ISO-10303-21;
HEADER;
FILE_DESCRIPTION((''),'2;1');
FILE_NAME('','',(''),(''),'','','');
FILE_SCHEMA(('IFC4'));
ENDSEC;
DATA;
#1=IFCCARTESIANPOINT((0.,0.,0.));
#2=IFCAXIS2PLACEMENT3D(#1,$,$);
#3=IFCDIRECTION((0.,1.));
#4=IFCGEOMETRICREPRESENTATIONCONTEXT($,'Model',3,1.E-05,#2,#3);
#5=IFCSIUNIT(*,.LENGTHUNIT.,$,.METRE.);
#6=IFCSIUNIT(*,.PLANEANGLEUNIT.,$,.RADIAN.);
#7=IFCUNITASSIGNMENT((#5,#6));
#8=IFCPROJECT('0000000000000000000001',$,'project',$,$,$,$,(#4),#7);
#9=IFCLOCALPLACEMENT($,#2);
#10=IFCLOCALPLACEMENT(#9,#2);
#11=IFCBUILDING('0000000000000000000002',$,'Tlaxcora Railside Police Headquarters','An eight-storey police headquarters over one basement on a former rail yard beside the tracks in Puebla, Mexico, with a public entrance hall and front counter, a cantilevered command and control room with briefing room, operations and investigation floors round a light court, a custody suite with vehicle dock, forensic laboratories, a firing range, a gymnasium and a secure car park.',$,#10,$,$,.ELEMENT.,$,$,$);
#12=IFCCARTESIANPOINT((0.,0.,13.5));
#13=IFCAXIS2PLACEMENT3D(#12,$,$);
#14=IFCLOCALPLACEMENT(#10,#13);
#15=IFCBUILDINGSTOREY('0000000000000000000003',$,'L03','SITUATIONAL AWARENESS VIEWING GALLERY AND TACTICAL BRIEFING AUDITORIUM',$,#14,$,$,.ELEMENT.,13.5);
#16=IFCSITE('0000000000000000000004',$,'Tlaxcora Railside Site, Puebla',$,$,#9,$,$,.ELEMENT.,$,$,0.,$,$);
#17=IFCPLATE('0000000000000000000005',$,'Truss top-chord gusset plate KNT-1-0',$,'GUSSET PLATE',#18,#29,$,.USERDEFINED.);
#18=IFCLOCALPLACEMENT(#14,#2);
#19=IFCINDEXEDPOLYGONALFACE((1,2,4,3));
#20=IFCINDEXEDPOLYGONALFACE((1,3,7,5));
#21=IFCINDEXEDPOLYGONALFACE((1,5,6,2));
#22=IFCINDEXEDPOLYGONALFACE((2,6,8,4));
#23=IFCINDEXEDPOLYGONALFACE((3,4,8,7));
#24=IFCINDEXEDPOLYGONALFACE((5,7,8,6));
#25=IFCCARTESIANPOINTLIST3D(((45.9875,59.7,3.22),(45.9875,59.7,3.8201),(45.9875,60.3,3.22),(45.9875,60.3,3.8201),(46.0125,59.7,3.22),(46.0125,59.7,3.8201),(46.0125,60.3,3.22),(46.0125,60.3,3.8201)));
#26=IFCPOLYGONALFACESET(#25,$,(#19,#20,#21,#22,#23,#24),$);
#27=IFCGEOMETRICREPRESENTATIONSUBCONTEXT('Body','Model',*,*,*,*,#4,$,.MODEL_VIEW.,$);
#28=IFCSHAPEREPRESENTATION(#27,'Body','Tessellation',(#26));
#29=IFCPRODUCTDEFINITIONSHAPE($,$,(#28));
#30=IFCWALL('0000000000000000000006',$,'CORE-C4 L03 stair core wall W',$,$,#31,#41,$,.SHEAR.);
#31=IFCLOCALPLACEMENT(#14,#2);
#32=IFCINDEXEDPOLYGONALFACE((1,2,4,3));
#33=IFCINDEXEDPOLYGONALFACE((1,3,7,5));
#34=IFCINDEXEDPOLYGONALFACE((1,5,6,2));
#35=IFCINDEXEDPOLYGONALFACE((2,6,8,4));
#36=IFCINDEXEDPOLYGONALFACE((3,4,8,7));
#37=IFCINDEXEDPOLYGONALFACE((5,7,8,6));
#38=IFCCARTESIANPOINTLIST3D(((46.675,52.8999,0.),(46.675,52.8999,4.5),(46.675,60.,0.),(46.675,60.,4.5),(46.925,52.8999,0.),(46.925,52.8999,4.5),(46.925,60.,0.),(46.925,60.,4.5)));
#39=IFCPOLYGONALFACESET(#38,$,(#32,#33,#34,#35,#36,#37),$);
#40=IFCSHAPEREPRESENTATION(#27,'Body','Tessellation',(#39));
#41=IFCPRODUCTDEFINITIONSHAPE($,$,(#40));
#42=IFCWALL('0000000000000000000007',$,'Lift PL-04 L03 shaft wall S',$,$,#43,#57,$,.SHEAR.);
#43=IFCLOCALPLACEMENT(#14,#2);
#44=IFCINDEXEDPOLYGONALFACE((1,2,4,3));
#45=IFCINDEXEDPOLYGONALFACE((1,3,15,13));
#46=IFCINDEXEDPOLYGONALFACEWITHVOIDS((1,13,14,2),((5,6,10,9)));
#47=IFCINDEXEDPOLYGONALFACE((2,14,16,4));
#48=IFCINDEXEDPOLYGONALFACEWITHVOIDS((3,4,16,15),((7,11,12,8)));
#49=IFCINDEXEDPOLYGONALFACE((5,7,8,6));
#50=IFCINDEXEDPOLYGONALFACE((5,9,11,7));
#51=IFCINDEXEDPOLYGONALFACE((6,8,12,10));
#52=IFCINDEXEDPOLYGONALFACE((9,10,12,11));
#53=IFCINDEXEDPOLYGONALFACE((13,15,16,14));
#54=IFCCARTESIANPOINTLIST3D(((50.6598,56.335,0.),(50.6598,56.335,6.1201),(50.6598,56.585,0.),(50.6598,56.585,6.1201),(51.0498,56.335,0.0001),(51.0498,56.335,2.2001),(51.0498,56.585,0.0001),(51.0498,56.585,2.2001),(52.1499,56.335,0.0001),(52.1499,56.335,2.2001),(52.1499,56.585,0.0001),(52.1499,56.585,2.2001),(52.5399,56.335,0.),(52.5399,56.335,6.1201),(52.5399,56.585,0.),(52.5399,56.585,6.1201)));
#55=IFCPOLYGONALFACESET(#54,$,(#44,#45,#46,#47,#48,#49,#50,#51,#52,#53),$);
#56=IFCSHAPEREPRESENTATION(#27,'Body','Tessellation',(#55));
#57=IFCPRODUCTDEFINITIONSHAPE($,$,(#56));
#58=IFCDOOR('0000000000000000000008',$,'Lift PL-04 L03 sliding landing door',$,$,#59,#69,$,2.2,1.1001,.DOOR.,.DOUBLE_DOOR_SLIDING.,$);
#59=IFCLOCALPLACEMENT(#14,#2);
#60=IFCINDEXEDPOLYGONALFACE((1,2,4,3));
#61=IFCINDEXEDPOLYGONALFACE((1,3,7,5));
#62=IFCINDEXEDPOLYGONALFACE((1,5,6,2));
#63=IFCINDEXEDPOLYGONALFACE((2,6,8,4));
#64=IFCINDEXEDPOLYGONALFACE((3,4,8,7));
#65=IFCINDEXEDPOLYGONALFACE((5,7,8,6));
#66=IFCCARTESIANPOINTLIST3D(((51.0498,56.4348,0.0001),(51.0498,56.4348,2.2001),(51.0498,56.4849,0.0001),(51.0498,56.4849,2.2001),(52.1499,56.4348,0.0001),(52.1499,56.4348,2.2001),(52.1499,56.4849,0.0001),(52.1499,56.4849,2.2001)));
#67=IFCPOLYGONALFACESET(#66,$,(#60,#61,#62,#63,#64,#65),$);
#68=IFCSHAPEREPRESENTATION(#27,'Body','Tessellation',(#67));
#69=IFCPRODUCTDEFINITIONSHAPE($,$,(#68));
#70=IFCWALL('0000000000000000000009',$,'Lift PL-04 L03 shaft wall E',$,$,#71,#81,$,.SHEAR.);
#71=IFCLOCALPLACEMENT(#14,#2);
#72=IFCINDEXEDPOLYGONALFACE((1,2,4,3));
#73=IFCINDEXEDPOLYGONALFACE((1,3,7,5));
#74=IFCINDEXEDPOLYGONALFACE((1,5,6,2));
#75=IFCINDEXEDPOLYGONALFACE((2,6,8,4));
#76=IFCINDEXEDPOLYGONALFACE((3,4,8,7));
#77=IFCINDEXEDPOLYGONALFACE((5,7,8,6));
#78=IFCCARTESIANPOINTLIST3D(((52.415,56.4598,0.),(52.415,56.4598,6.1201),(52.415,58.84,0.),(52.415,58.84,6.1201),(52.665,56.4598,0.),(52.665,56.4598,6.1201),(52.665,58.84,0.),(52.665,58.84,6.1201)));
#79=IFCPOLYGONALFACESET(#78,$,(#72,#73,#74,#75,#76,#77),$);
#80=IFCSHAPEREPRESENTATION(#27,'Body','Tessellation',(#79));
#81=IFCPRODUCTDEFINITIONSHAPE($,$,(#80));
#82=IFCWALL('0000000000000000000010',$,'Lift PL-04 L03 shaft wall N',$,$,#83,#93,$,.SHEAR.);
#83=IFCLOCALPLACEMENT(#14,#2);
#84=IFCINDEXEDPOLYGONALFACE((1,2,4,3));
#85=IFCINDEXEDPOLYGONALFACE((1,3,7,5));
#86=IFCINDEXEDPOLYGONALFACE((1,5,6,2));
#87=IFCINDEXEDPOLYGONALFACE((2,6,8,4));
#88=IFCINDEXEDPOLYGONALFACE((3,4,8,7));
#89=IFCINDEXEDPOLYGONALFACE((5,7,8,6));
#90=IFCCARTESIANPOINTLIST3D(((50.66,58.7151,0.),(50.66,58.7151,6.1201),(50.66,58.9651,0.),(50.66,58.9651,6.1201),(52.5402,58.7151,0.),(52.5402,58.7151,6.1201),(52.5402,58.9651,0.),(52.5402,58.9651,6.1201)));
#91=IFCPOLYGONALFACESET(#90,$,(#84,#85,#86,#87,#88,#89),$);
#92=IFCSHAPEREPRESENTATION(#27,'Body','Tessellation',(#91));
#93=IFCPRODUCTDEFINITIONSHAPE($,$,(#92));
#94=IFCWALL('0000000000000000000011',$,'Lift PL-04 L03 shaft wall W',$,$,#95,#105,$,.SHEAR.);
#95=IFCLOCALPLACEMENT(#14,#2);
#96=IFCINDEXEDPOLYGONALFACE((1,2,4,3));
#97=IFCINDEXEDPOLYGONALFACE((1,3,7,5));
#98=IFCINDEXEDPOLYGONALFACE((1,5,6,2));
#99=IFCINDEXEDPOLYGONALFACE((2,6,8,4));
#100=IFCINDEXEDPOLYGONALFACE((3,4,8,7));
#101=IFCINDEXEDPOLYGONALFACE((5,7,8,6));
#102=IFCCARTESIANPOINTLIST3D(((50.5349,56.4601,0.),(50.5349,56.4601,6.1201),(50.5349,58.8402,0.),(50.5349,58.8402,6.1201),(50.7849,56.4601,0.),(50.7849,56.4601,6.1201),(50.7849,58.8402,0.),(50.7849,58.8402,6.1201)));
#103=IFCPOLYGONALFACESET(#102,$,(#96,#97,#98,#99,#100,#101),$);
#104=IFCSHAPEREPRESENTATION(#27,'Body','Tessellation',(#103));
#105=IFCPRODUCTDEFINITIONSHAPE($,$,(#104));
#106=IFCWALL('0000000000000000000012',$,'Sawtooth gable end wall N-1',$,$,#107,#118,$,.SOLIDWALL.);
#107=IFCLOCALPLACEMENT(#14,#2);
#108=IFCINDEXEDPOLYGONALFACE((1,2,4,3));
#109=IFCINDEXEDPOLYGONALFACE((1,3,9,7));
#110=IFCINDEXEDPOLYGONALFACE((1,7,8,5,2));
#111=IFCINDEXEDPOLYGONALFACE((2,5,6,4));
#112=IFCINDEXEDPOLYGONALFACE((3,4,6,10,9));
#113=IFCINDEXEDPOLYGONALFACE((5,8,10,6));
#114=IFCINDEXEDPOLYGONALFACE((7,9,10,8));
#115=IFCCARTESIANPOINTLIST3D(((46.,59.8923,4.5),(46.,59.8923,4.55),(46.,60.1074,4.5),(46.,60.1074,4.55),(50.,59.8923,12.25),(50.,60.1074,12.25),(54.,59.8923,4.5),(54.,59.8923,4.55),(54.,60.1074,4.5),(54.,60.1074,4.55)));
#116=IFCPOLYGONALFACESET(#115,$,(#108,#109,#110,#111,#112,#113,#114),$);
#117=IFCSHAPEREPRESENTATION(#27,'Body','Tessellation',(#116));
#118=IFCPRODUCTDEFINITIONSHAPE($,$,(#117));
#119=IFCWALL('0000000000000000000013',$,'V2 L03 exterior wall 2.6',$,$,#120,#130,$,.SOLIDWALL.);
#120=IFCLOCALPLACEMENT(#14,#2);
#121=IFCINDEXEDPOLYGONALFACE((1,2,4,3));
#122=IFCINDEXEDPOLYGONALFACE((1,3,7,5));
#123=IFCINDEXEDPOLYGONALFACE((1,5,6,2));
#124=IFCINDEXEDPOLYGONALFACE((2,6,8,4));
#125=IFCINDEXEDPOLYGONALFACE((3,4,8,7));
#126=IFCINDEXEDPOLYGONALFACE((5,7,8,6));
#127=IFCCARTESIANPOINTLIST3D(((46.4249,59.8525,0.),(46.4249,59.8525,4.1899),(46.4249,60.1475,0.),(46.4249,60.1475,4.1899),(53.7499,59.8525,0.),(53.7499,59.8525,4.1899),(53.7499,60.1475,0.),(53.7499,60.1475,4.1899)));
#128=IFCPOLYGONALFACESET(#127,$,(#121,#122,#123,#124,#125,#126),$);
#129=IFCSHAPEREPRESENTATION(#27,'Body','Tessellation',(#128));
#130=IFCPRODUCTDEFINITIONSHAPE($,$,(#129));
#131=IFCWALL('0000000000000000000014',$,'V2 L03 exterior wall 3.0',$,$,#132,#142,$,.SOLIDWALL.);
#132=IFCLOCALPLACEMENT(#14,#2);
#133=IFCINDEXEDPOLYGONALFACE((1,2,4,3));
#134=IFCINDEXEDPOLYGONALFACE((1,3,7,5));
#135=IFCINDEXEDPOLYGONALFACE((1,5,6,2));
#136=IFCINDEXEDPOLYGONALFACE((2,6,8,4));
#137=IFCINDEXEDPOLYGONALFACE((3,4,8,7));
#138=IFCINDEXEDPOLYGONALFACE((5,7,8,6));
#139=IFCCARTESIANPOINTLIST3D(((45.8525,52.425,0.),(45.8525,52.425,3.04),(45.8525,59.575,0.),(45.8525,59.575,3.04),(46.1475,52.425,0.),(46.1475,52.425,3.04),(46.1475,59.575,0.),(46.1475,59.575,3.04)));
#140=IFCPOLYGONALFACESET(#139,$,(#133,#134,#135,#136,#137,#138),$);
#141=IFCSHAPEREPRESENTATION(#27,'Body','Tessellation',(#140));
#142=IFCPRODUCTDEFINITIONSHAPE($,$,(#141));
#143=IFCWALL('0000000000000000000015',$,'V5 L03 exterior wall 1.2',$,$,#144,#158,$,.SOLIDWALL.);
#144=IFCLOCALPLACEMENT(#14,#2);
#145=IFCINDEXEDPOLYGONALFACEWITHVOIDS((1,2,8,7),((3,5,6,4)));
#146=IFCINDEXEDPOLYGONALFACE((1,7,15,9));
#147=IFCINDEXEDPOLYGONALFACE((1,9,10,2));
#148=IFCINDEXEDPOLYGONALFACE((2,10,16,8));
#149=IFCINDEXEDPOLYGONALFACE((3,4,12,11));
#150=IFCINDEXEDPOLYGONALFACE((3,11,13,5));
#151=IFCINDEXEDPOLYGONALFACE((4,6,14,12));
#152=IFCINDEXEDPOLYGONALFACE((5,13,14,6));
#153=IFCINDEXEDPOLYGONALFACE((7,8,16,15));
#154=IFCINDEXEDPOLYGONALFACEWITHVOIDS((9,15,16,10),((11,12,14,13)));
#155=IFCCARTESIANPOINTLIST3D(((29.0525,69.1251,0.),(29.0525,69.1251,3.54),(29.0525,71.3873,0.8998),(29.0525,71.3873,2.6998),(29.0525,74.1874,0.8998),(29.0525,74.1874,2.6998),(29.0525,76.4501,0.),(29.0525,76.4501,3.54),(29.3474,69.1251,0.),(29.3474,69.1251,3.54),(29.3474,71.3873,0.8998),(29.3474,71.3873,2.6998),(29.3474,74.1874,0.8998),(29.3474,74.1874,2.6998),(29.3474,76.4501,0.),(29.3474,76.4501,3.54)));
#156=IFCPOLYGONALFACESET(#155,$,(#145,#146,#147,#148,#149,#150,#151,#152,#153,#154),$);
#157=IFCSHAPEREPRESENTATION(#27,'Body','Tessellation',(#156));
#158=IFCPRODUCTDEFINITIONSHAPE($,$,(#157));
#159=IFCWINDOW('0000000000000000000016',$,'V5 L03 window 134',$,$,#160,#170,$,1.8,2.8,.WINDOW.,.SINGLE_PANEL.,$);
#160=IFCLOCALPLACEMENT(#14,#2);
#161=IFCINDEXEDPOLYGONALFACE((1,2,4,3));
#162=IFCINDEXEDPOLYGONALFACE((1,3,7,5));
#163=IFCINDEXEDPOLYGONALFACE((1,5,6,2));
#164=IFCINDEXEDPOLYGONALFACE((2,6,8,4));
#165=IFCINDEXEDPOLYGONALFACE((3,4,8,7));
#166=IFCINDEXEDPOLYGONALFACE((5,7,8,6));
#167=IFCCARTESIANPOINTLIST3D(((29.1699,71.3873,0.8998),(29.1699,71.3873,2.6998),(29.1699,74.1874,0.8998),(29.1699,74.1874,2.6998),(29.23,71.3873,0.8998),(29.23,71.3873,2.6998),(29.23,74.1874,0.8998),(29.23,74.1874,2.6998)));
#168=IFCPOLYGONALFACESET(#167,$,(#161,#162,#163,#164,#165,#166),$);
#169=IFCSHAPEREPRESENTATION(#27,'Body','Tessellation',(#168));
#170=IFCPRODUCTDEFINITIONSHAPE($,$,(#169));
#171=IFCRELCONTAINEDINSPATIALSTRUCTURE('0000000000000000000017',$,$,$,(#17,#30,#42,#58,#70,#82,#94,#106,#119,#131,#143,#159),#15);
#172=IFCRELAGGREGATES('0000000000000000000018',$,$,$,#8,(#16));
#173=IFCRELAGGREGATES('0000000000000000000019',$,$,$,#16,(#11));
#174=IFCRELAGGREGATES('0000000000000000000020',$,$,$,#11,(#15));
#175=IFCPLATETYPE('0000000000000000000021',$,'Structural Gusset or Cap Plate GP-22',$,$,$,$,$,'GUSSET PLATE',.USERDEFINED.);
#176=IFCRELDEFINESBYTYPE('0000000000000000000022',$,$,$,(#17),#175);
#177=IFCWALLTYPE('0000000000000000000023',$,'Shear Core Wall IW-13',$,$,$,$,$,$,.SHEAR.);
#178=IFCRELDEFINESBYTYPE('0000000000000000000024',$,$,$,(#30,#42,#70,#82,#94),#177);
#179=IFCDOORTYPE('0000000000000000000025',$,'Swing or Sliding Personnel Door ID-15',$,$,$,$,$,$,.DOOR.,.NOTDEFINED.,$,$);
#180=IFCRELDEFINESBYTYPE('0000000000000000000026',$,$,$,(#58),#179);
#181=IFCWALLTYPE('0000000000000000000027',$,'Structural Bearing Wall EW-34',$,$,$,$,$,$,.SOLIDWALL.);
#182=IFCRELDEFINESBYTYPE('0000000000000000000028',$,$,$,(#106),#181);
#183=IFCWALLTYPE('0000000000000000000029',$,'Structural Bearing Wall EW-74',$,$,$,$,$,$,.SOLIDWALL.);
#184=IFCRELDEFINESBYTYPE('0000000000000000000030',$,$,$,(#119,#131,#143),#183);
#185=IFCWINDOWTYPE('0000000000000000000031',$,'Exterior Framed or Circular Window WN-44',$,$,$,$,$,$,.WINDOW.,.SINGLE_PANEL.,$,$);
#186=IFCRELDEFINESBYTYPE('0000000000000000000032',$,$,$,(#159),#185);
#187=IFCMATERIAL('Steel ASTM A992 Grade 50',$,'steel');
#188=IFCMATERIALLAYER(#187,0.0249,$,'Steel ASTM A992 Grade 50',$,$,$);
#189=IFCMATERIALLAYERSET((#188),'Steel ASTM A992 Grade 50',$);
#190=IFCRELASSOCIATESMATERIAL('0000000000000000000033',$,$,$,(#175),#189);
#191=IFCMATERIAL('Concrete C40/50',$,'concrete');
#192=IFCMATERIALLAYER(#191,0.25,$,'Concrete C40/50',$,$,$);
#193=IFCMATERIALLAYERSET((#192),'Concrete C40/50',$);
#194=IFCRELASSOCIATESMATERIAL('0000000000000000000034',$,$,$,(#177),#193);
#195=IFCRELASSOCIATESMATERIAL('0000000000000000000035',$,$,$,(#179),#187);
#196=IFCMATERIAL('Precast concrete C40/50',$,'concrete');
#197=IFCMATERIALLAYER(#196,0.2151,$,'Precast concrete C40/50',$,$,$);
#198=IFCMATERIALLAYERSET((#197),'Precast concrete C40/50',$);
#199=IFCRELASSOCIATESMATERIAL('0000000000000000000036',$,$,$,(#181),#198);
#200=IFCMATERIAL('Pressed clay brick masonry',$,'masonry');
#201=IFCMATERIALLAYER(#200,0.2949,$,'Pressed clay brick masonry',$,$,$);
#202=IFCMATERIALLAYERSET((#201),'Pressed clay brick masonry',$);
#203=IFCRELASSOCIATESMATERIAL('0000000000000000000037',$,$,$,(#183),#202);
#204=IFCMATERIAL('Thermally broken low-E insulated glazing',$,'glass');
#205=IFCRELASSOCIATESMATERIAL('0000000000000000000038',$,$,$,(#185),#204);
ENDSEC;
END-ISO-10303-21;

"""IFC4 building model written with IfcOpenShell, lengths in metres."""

from ifc_helpers import new_model, si_unit, direction, frame, frame_2d, origin, origin_2d, place, context, subcontext, project, spatial, polyline, rectangle, outline, extrude, material, layer, layer_set, type_object, element, fill, save


model = new_model("IFC4")

# Units and contexts
model_context = context("Model", 3, precision=1e-05, world=origin(), true_north=direction((0.0, 1.0)))
body_context = subcontext(model_context, "Body", "Model", "MODEL_VIEW")
ifc_project = project(units=[si_unit("LENGTHUNIT", "METRE"), si_unit("PLANEANGLEUNIT", "RADIAN")], contexts=[model_context])

# Site, building, storey
site_placement = place(None, origin())
site = spatial("IfcSite", under=ifc_project, at=site_placement, Name="Tlaxcora Railside Site, Puebla", CompositionType="ELEMENT", RefElevation=0.0)
building_placement = place(site_placement, origin())
building = spatial("IfcBuilding", under=site, at=building_placement, Name="Tlaxcora Railside Police Headquarters", Description="An eight-storey police headquarters over one basement on a former rail yard beside the tracks in Puebla, Mexico, with a public entrance hall and front counter, a cantilevered command and control room with briefing room, operations and investigation floors round a light court, a custody suite with vehicle dock, forensic laboratories, a firing range, a gymnasium and a secure car park.", CompositionType="ELEMENT")
storey_placement = place(building_placement, frame((0.0, 0.0, 13.5)))
storey = spatial("IfcBuildingStorey", under=building, at=storey_placement, Name="L03", Description="SITUATIONAL AWARENESS VIEWING GALLERY AND TACTICAL BRIEFING AUDITORIUM", CompositionType="ELEMENT", Elevation=13.5)

# Shared definitions
ifc_material_1 = material(Name="Concrete C40/50", Category="concrete")

# Shared definitions
ifc_material_2 = material(Name="Steel ASTM A992 Grade 50", Category="steel")

# Plate
ifc_layer_1 = layer(ifc_material_2, 0.0249, Name="Steel ASTM A992 Grade 50")
ifc_layer_set_1 = layer_set([ifc_layer_1], Name="Steel ASTM A992 Grade 50")
plate_type = type_object("IfcPlateType", Name="Structural Gusset or Cap Plate GP-22", ElementType="GUSSET PLATE", PredefinedType="USERDEFINED", material=ifc_layer_set_1)
plate_placement = place(storey_placement, frame((46.0, 60.0, 3.22), z_axis=(0.0, 0.0, 1.0), x_axis=(0.0, 1.0, 0.0)))
element("IfcPlate", 1, at=plate_placement, inside=storey, type_object=plate_type, Name="Truss top-chord gusset plate KNT-1-0", ObjectType="GUSSET PLATE", PredefinedType="USERDEFINED", context=body_context, shape_type="SweptSolid", body=[
    extrude(rectangle(XDim=0.6001, YDim=0.0249, at=origin_2d()), origin(), (0.0, 0.0, 1.0), 0.6001),
])

# Wall
ifc_layer_2 = layer(ifc_material_1, 0.25, Name="Concrete C40/50")
ifc_layer_set_2 = layer_set([ifc_layer_2], Name="Concrete C40/50")
wall_type_1 = type_object("IfcWallType", Name="Shear Core Wall IW-13", PredefinedType="SHEAR", material=ifc_layer_set_2)
wall_1_placement = place(storey_placement, frame((46.8, 60.0, 0.0), z_axis=(0.0, 0.0, 1.0), x_axis=(0.0, -1.0, 0.0)))
element("IfcWall", 2, at=wall_1_placement, inside=storey, type_object=wall_type_1, Name="CORE-C4 L03 stair core wall W", PredefinedType="SHEAR", context=body_context, shape_type="SweptSolid", body=[
    extrude(rectangle(XDim=7.1001, YDim=0.25, at=frame_2d((3.55, 0.0))), origin(), (0.0, 0.0, 1.0), 4.5),
])

# Wall, opening, door
wall_2_placement = place(storey_placement, frame((50.6599, 56.46, 0.0), z_axis=(0.0, 0.0, 1.0), x_axis=(1.0, 0.0, 0.0)))
wall_2 = element("IfcWall", 3, at=wall_2_placement, inside=storey, type_object=wall_type_1, Name="Lift PL-04 L03 shaft wall S", PredefinedType="SHEAR", context=body_context, shape_type="SweptSolid", body=[
    extrude(rectangle(XDim=1.8801, YDim=0.25, at=frame_2d((0.9399, 0.0))), origin(), (0.0, 0.0, 1.0), 6.1201),
])
opening_1_placement = place(wall_2_placement, frame((0.3899, 0.0, 0.0)))
opening_1 = element("IfcOpeningElement", 4, at=opening_1_placement, cuts=wall_2, PredefinedType="OPENING", context=body_context, shape_type="SweptSolid", body=[
    extrude(rectangle(XDim=1.1001, YDim=2.2, at=frame_2d((0.55, 1.1001))), frame((0.0, 0.135, 0.0), z_axis=(0.0, -1.0, 0.0), x_axis=(1.0, 0.0, 0.0)), (0.0, 0.0, 1.0), 0.27),
])
door_type = type_object("IfcDoorType", Name="Swing or Sliding Personnel Door ID-15", OperationType="NOTDEFINED", PredefinedType="DOOR", material=ifc_material_2)
door_placement = place(opening_1_placement, origin())
door = element("IfcDoor", 5, at=door_placement, inside=storey, type_object=door_type, Name="Lift PL-04 L03 sliding landing door", OperationType="DOUBLE_DOOR_SLIDING", OverallHeight=2.2, OverallWidth=1.1001, PredefinedType="DOOR", context=body_context, shape_type="SweptSolid", body=[
    extrude(rectangle(XDim=1.1001, YDim=2.2, at=frame_2d((0.55, 1.1001))), frame((0.0, 0.0249, 0.0), z_axis=(0.0, -1.0, 0.0), x_axis=(1.0, 0.0, 0.0)), (0.0, 0.0, 1.0), 0.05),
])
fill(opening_1, door)

# Walls
wall_3_placement = place(storey_placement, frame((52.54, 56.46, 0.0), z_axis=(0.0, 0.0, 1.0), x_axis=(0.0, 1.0, 0.0)))
element("IfcWall", 6, at=wall_3_placement, inside=storey, type_object=wall_type_1, Name="Lift PL-04 L03 shaft wall E", PredefinedType="SHEAR", context=body_context, shape_type="SweptSolid", body=[
    extrude(rectangle(XDim=2.3801, YDim=0.25, at=frame_2d((1.1899, 0.0))), origin(), (0.0, 0.0, 1.0), 6.1201),
])
wall_4_placement = place(storey_placement, frame((52.54, 58.8401, 0.0), z_axis=(0.0, 0.0, 1.0), x_axis=(-1.0, 0.0, 0.0)))
element("IfcWall", 7, at=wall_4_placement, inside=storey, type_object=wall_type_1, Name="Lift PL-04 L03 shaft wall N", PredefinedType="SHEAR", context=body_context, shape_type="SweptSolid", body=[
    extrude(rectangle(XDim=1.8801, YDim=0.25, at=frame_2d((0.9399, 0.0))), origin(), (0.0, 0.0, 1.0), 6.1201),
])
wall_5_placement = place(storey_placement, frame((50.6599, 58.8401, 0.0), z_axis=(0.0, 0.0, 1.0), x_axis=(0.0, -1.0, 0.0)))
element("IfcWall", 8, at=wall_5_placement, inside=storey, type_object=wall_type_1, Name="Lift PL-04 L03 shaft wall W", PredefinedType="SHEAR", context=body_context, shape_type="SweptSolid", body=[
    extrude(rectangle(XDim=2.3801, YDim=0.25, at=frame_2d((1.1899, 0.0))), origin(), (0.0, 0.0, 1.0), 6.1201),
])
ifc_material_3 = material(Name="Precast concrete C40/50", Category="concrete")
ifc_layer_3 = layer(ifc_material_3, 0.2151, Name="Precast concrete C40/50")
ifc_layer_set_3 = layer_set([ifc_layer_3], Name="Precast concrete C40/50")
wall_type_2 = type_object("IfcWallType", Name="Structural Bearing Wall EW-34", PredefinedType="SOLIDWALL", material=ifc_layer_set_3)
wall_6_placement = place(storey_placement, frame((46.0, 60.0, 4.5), z_axis=(0.0, 0.0, 1.0), x_axis=(1.0, 0.0, 0.0)))
element("IfcWall", 9, at=wall_6_placement, inside=storey, type_object=wall_type_2, Name="Sawtooth gable end wall N-1", PredefinedType="SOLIDWALL", context=body_context, shape_type="SweptSolid", body=[
    extrude(outline(polyline([(0.0, 0.0), (8.0, 0.0), (8.0, 0.05), (4.0, 7.75), (0.0, 0.05), (0.0, 0.0)])), frame((0.0, 0.1074, 0.0), z_axis=(0.0, -1.0, 0.0), x_axis=(1.0, 0.0, 0.0)), (0.0, 0.0, 1.0), 0.2151),
])
ifc_material_4 = material(Name="Pressed clay brick masonry", Category="masonry")
ifc_layer_4 = layer(ifc_material_4, 0.2949, Name="Pressed clay brick masonry")
ifc_layer_set_4 = layer_set([ifc_layer_4], Name="Pressed clay brick masonry")
wall_type_3 = type_object("IfcWallType", Name="Structural Bearing Wall EW-74", PredefinedType="SOLIDWALL", material=ifc_layer_set_4)
wall_7_placement = place(storey_placement, frame((53.75, 60.0, 0.0), z_axis=(0.0, 0.0, 1.0), x_axis=(-1.0, 0.0, 0.0)))
element("IfcWall", 10, at=wall_7_placement, inside=storey, type_object=wall_type_3, Name="V2 L03 exterior wall 2.6", PredefinedType="SOLIDWALL", context=body_context, shape_type="SweptSolid", body=[
    extrude(rectangle(XDim=7.325, YDim=0.2949, at=frame_2d((3.6626, 0.0))), origin(), (0.0, 0.0, 1.0), 4.1899),
])
wall_8_placement = place(storey_placement, frame((46.0, 59.575, 0.0), z_axis=(0.0, 0.0, 1.0), x_axis=(0.0, -1.0, 0.0)))
element("IfcWall", 11, at=wall_8_placement, inside=storey, type_object=wall_type_3, Name="V2 L03 exterior wall 3.0", PredefinedType="SOLIDWALL", context=body_context, shape_type="SweptSolid", body=[
    extrude(rectangle(XDim=7.1499, YDim=0.2949, at=frame_2d((3.575, 0.0))), origin(), (0.0, 0.0, 1.0), 3.04),
])

# Wall, opening, window
wall_9_placement = place(storey_placement, frame((29.2, 69.125, 0.0), z_axis=(0.0, 0.0, 1.0), x_axis=(0.0, 1.0, 0.0)))
wall_9 = element("IfcWall", 12, at=wall_9_placement, inside=storey, type_object=wall_type_3, Name="V5 L03 exterior wall 1.2", PredefinedType="SOLIDWALL", context=body_context, shape_type="SweptSolid", body=[
    extrude(rectangle(XDim=7.325, YDim=0.2949, at=frame_2d((3.6626, 0.0))), origin(), (0.0, 0.0, 1.0), 3.54),
])
opening_2_placement = place(wall_9_placement, frame((2.2625, 0.0, 0.8999)))
opening_2 = element("IfcOpeningElement", 13, at=opening_2_placement, cuts=wall_9, PredefinedType="OPENING", context=body_context, shape_type="SweptSolid", body=[
    extrude(rectangle(XDim=2.8, YDim=1.8, at=frame_2d((1.3999, 0.8999))), frame((0.0, 0.1575, 0.0), z_axis=(0.0, -1.0, 0.0), x_axis=(1.0, 0.0, 0.0)), (0.0, 0.0, 1.0), 0.3149),
])
ifc_material_5 = material(Name="Thermally broken low-E insulated glazing", Category="glass")
window_type = type_object("IfcWindowType", Name="Exterior Framed or Circular Window WN-44", PartitioningType="SINGLE_PANEL", PredefinedType="WINDOW", material=ifc_material_5)
window_placement = place(opening_2_placement, origin())
window = element("IfcWindow", 14, at=window_placement, inside=storey, type_object=window_type, Name="V5 L03 window 134", OverallHeight=1.8, OverallWidth=2.8, PartitioningType="SINGLE_PANEL", PredefinedType="WINDOW", context=body_context, shape_type="SweptSolid", body=[
    extrude(rectangle(XDim=2.8, YDim=1.8, at=frame_2d((1.3999, 0.8999))), frame((0.0, 0.03, 0.0), z_axis=(0.0, -1.0, 0.0), x_axis=(1.0, 0.0, 0.0)), (0.0, 0.0, 1.0), 0.0601),
])
fill(opening_2, window)

save(model, "model.ifc")
